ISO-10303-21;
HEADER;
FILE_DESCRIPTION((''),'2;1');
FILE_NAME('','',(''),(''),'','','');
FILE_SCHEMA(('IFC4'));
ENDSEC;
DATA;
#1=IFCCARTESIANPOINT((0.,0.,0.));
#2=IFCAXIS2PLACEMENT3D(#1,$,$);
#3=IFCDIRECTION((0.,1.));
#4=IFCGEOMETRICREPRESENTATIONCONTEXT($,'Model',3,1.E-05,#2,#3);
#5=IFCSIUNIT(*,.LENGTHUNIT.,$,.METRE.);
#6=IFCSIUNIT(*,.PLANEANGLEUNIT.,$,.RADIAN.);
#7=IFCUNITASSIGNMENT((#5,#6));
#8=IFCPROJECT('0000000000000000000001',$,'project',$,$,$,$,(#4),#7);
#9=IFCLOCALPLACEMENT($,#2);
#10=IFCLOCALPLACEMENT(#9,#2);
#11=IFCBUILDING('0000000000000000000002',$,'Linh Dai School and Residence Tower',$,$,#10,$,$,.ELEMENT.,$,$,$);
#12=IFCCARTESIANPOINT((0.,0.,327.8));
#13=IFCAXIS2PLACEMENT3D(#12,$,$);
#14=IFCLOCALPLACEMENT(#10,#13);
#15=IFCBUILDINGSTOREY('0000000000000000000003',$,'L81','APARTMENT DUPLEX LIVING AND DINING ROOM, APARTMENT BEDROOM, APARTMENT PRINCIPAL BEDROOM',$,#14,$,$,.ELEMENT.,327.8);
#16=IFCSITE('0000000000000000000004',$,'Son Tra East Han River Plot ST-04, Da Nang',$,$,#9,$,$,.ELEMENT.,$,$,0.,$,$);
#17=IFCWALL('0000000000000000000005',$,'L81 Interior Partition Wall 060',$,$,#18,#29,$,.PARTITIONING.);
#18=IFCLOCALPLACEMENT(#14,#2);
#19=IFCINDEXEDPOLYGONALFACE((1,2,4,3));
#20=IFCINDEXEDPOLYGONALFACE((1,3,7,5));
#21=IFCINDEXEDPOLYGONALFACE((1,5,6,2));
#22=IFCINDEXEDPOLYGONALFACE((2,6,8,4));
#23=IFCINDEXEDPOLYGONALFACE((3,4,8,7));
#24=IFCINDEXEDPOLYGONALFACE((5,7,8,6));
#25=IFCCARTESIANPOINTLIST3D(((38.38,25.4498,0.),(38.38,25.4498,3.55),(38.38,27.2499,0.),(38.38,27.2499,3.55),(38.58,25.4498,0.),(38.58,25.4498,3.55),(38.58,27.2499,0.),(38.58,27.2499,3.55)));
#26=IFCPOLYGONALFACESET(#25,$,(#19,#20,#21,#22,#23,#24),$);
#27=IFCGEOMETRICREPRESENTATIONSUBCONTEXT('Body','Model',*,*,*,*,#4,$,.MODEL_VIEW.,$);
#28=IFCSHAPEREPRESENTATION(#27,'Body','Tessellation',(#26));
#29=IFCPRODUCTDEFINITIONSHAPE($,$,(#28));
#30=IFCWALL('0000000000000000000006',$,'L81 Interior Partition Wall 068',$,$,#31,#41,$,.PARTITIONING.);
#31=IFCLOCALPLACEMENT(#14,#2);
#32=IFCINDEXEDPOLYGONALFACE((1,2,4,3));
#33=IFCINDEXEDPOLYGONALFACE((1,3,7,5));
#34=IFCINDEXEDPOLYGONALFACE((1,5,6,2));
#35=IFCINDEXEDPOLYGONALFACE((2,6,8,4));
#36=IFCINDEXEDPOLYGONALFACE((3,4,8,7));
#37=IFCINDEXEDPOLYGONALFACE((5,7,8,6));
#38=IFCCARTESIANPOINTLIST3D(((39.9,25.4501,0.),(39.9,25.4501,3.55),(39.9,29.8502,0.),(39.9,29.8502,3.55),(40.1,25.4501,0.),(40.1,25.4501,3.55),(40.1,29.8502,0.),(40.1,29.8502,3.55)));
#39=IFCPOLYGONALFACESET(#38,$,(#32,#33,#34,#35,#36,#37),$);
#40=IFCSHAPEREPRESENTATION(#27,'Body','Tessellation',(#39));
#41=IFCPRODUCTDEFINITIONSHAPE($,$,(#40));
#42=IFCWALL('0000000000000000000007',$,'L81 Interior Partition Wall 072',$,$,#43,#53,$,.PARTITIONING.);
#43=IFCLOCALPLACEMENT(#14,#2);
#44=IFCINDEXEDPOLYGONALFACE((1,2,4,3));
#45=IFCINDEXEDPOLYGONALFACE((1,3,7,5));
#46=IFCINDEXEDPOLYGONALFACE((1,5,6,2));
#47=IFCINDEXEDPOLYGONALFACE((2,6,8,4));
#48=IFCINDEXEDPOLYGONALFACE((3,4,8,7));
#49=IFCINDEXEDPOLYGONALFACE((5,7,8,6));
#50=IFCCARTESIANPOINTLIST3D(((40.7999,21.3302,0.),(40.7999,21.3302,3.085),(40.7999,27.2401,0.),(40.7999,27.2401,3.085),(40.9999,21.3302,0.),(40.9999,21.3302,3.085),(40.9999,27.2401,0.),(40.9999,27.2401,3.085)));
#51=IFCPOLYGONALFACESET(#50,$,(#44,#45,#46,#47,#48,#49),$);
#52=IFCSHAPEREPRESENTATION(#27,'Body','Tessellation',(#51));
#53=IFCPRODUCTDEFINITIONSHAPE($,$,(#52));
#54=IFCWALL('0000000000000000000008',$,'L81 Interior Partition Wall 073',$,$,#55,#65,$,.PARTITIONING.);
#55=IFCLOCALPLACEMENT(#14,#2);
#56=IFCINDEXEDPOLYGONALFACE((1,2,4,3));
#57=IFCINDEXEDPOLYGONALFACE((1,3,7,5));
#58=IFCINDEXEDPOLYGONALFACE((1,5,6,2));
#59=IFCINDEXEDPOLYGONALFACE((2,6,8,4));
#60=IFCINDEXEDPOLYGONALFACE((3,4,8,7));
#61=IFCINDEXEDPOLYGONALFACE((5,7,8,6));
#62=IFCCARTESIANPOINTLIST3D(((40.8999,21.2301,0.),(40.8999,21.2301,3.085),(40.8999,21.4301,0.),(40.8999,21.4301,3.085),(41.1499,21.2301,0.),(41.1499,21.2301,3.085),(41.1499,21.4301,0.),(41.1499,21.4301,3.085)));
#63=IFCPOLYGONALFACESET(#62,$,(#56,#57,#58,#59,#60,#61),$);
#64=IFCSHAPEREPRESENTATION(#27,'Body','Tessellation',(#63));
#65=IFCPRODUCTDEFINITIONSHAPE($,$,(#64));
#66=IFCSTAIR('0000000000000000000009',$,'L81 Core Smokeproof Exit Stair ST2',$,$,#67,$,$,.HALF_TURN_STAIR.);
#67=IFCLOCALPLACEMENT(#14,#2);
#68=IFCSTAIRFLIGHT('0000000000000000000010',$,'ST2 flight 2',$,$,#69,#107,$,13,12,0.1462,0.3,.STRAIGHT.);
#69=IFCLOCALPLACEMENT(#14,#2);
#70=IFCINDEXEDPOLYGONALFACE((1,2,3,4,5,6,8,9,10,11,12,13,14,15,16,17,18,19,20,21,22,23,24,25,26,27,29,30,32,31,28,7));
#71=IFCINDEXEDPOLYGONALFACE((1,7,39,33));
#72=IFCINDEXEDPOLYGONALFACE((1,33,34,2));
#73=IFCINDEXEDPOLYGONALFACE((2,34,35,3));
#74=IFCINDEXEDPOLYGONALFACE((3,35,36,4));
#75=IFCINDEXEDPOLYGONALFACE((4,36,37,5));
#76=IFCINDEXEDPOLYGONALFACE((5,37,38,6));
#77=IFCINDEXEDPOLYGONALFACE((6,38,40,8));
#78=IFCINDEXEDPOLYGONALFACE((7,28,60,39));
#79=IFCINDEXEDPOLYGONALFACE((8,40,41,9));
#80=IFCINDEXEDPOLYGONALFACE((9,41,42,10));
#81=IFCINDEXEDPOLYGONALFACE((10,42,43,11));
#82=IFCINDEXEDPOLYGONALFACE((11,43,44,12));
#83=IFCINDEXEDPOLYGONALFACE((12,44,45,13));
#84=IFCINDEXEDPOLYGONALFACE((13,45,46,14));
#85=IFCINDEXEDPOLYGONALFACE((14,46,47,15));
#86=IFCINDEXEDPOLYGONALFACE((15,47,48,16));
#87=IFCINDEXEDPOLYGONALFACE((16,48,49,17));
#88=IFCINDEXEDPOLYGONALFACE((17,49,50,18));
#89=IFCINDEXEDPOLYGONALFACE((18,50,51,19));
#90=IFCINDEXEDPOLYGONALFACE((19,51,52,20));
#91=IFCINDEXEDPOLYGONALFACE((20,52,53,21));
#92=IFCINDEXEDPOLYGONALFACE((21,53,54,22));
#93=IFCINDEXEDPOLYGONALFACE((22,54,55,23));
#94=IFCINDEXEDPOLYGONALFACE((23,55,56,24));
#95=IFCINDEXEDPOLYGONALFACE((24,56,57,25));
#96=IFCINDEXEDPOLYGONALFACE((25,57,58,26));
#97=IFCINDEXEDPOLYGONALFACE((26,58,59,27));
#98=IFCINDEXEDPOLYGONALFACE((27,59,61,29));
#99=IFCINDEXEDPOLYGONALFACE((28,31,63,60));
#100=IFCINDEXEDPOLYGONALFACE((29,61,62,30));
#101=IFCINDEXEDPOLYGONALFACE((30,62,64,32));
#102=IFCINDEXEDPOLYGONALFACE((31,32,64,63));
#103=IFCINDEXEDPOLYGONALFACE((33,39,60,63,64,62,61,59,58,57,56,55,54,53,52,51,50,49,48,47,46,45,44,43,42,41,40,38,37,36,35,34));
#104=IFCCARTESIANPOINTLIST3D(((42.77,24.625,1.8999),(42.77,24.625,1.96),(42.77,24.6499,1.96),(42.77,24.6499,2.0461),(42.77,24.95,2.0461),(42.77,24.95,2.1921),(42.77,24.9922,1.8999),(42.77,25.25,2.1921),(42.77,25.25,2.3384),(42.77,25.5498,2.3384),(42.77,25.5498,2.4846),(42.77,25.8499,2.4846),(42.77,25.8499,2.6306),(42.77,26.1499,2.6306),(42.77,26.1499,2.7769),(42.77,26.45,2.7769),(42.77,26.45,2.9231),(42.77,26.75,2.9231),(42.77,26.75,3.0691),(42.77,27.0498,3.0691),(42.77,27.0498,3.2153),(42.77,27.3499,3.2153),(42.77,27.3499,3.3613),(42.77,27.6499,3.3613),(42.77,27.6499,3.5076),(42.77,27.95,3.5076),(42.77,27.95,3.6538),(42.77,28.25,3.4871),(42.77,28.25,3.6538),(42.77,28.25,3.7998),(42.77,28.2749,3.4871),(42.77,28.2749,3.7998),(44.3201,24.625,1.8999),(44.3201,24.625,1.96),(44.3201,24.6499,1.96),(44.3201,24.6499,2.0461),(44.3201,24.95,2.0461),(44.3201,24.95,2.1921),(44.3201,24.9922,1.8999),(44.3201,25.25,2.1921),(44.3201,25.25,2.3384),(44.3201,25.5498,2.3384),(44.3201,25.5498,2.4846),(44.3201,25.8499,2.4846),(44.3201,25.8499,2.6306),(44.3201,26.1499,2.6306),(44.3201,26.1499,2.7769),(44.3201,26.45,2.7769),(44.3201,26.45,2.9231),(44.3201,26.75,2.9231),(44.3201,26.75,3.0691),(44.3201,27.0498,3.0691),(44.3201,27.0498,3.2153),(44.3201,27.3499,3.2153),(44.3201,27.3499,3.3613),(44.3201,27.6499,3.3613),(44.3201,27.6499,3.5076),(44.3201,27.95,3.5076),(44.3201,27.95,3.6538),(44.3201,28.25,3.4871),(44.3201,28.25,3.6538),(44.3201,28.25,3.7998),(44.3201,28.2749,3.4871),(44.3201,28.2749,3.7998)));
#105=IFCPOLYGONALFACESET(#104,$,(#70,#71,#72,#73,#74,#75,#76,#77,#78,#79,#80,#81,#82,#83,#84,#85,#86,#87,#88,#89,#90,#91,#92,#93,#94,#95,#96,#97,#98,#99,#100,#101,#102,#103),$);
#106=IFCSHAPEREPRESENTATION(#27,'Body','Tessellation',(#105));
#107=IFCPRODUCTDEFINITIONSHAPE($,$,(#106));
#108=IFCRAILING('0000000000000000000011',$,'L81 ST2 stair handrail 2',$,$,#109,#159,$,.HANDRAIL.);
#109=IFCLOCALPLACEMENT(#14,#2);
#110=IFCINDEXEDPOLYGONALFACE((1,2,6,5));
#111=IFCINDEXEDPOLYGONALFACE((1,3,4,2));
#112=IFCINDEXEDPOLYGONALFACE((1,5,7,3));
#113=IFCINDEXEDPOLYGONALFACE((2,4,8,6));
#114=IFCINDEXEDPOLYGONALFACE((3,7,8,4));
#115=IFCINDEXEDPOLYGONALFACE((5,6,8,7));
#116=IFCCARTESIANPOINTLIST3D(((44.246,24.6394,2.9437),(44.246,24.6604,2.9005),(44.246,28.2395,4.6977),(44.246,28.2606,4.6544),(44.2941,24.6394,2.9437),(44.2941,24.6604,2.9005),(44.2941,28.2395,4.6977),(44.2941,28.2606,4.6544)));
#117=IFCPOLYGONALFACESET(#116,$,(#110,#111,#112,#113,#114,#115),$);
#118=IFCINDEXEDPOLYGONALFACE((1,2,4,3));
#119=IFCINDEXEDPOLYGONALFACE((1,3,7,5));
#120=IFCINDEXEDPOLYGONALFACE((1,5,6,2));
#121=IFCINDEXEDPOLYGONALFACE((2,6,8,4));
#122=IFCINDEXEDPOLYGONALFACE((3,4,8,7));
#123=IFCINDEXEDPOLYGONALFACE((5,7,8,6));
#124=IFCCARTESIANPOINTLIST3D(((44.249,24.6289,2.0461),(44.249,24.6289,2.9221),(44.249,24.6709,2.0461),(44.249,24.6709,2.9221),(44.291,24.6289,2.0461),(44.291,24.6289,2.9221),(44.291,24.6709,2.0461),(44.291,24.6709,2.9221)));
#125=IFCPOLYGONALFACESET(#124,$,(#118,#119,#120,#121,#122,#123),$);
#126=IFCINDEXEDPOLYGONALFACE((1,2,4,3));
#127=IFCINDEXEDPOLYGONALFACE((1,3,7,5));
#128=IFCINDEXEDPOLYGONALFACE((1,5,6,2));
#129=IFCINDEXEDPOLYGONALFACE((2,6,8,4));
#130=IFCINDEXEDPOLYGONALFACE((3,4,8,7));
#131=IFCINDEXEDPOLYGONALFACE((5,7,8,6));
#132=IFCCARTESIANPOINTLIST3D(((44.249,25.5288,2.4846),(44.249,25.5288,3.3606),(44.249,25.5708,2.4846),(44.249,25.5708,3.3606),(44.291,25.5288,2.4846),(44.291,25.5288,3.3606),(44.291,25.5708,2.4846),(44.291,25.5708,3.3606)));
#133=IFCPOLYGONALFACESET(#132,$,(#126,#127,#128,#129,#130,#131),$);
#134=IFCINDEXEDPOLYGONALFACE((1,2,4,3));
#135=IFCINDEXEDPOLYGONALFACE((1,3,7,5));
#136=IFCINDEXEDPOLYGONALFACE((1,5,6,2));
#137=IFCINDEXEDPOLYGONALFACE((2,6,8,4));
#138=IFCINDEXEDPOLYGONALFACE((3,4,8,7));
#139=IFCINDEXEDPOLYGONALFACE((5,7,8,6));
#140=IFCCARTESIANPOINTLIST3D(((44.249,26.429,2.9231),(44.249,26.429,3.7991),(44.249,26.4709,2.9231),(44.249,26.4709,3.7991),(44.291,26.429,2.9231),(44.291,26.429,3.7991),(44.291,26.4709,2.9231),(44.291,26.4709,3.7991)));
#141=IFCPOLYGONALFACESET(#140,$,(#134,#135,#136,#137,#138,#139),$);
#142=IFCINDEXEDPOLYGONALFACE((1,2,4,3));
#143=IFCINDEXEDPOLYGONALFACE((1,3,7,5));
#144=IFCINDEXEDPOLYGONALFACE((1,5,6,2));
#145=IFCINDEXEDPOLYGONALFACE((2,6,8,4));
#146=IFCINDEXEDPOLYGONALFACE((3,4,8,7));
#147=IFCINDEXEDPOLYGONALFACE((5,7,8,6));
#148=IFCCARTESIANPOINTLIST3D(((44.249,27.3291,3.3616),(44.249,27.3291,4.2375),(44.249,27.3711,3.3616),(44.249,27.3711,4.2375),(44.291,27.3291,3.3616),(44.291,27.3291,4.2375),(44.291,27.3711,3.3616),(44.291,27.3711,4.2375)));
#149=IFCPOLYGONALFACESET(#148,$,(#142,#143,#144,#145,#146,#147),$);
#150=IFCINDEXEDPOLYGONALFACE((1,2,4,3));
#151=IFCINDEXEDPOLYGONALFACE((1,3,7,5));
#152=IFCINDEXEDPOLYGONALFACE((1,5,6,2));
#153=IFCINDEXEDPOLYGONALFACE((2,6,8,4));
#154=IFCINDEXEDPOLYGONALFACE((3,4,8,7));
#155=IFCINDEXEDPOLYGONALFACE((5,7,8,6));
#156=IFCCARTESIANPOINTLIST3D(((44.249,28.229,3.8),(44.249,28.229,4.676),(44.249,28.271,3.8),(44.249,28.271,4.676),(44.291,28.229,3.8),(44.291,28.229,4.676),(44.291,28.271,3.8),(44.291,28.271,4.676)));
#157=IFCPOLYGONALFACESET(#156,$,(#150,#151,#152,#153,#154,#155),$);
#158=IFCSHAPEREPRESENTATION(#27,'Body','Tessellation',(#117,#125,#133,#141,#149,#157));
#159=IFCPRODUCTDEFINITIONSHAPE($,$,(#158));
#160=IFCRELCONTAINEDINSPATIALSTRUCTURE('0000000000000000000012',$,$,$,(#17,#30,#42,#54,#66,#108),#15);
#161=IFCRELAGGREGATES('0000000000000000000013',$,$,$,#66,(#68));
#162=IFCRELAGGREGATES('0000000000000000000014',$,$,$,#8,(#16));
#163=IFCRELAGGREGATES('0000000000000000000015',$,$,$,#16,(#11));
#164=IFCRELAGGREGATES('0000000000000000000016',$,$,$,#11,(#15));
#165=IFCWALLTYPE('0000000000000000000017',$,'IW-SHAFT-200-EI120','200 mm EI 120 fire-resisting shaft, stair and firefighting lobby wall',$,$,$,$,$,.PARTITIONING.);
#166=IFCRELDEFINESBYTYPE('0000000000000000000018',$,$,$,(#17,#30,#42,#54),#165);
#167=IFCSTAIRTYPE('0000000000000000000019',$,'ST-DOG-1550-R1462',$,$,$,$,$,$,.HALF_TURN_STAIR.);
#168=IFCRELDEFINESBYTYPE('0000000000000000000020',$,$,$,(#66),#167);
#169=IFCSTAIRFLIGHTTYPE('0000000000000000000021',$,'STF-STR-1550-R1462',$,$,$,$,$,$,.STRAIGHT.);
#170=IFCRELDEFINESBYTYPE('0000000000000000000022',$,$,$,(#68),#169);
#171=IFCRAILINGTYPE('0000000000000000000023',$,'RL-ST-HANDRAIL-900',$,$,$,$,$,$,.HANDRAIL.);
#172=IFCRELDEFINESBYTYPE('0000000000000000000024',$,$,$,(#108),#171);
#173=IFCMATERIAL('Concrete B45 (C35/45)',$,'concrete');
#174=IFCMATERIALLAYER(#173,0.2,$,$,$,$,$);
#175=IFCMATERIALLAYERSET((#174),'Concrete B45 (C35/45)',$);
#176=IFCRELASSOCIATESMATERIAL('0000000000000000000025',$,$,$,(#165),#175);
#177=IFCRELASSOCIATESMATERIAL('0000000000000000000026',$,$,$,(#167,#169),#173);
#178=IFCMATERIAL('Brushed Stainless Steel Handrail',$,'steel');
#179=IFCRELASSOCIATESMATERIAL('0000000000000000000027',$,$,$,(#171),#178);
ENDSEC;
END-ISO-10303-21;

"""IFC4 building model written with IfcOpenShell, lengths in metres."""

from ifc_helpers import new_model, si_unit, direction, frame, frame_2d, origin, origin_2d, place, context, subcontext, project, spatial, polyline, rectangle, outline, extrude, source, transform, mapped, material, layer, layer_set, type_object, element, aggregate, save


model = new_model("IFC4")

# Units and contexts
model_context = context("Model", 3, precision=1e-05, world=origin(), true_north=direction((0.0, 1.0)))
body_context = subcontext(model_context, "Body", "Model", "MODEL_VIEW")
ifc_project = project(units=[si_unit("LENGTHUNIT", "METRE"), si_unit("PLANEANGLEUNIT", "RADIAN")], contexts=[model_context])

# Site, building, storey
site_placement = place(None, origin())
site = spatial("IfcSite", under=ifc_project, at=site_placement, Name="Son Tra East Han River Plot ST-04, Da Nang", CompositionType="ELEMENT", RefElevation=0.0)
building_placement = place(site_placement, origin())
building = spatial("IfcBuilding", under=site, at=building_placement, Name="Linh Dai School and Residence Tower", CompositionType="ELEMENT")
storey_placement = place(building_placement, frame((0.0, 0.0, 327.8)))
storey = spatial("IfcBuildingStorey", under=building, at=storey_placement, Name="L81", Description="APARTMENT DUPLEX LIVING AND DINING ROOM, APARTMENT BEDROOM, APARTMENT PRINCIPAL BEDROOM", CompositionType="ELEMENT", Elevation=327.8)

# Walls
ifc_material_1 = material(Name="Concrete B45 (C35/45)", Category="concrete")
ifc_layer_1 = layer(ifc_material_1, 0.2)
ifc_layer_set_1 = layer_set([ifc_layer_1], Name="Concrete B45 (C35/45)")
wall_type_1 = type_object("IfcWallType", Name="IW-SHAFT-200-EI120", Description="200 mm EI 120 fire-resisting shaft, stair and firefighting lobby wall", PredefinedType="PARTITIONING", material=ifc_layer_set_1)
for number, where, z_axis, x_axis, name in (
    (1, (38.48, 25.45, 0.0), (0.0, 0.0, 1.0), (0.0, 1.0, 0.0), "L81 Interior Partition Wall 060"),
):
    element("IfcWall", number, at=place(storey_placement, frame(where, z_axis=z_axis, x_axis=x_axis)), inside=storey, type_object=wall_type_1, Name=name, PredefinedType="PARTITIONING", context=body_context, shape_type="SweptSolid", body=[
        extrude(rectangle(XDim=1.8, YDim=0.2, at=frame_2d((0.8999, 0.0))), origin(), (0.0, 0.0, 1.0), 3.55),
    ])
wall_1_placement = place(storey_placement, frame((40.0, 25.45, 0.0), z_axis=(0.0, 0.0, 1.0), x_axis=(0.0, 1.0, 0.0)))
element("IfcWall", 2, at=wall_1_placement, inside=storey, type_object=wall_type_1, Name="L81 Interior Partition Wall 068", PredefinedType="PARTITIONING", context=body_context, shape_type="SweptSolid", body=[
    extrude(rectangle(XDim=4.4001, YDim=0.2, at=frame_2d((2.2002, 0.0))), origin(), (0.0, 0.0, 1.0), 3.55),
])
wall_2_placement = place(storey_placement, frame((40.8999, 21.3301, 0.0), z_axis=(0.0, 0.0, 1.0), x_axis=(0.0, 1.0, 0.0)))
element("IfcWall", 3, at=wall_2_placement, inside=storey, type_object=wall_type_1, Name="L81 Interior Partition Wall 072", PredefinedType="PARTITIONING", context=body_context, shape_type="SweptSolid", body=[
    extrude(rectangle(XDim=5.9099, YDim=0.2, at=frame_2d((2.9551, 0.0))), origin(), (0.0, 0.0, 1.0), 3.085),
])
wall_3_placement = place(storey_placement, frame((40.8999, 21.3301, 0.0), z_axis=(0.0, 0.0, 1.0), x_axis=(1.0, 0.0, 0.0)))
element("IfcWall", 4, at=wall_3_placement, inside=storey, type_object=wall_type_1, Name="L81 Interior Partition Wall 073", PredefinedType="PARTITIONING", context=body_context, shape_type="SweptSolid", body=[
    extrude(rectangle(XDim=0.25, YDim=0.2, at=frame_2d((0.125, 0.0))), origin(), (0.0, 0.0, 1.0), 3.085),
])

# Stair, stair flight
stair_type = type_object("IfcStairType", Name="ST-DOG-1550-R1462", PredefinedType="HALF_TURN_STAIR", material=ifc_material_1)
stair_placement = place(storey_placement, origin())
stair = element("IfcStair", 5, at=stair_placement, inside=storey, type_object=stair_type, Name="L81 Core Smokeproof Exit Stair ST2", PredefinedType="HALF_TURN_STAIR")
stair_flight_type = type_object("IfcStairFlightType", Name="STF-STR-1550-R1462", PredefinedType="STRAIGHT", material=ifc_material_1)
shared_shape_1 = source(origin(), body_context, "Body", "SweptSolid", [
    extrude(outline(polyline([(-0.0249, 0.0), (-0.0249, 0.0601), (0.0, 0.0601), (0.0, 0.1462), (0.3, 0.1462), (0.3, 0.2922), (0.6001, 0.2922), (0.6001, 0.4385), (0.8999, 0.4385), (0.8999, 0.5847), (1.2, 0.5847), (1.2, 0.7307), (1.5, 0.7307), (1.5, 0.877), (1.8, 0.877), (1.8, 1.0232), (2.1001, 1.0232), (2.1001, 1.1692), (2.3999, 1.1692), (2.3999, 1.3154), (2.7, 1.3154), (2.7, 1.4614), (3.0, 1.4614), (3.0, 1.6077), (3.3, 1.6077), (3.3, 1.7539), (3.6001, 1.7539), (3.6001, 1.8999), (3.625, 1.8999), (3.625, 1.5872), (3.6001, 1.5872), (0.3423, 0.0), (-0.0249, 0.0)])), frame((0.0, 0.7749, 0.0), z_axis=(0.0, -1.0, 0.0), x_axis=(1.0, 0.0, 0.0)), (0.0, 0.0, 1.0), 1.55),
])
stair_flight_placement = place(storey_placement, frame((43.5449, 24.6499, 1.8999), z_axis=(0.0, 0.0, 1.0), x_axis=(0.0, 1.0, 0.0)))
stair_flight = element("IfcStairFlight", 6, at=stair_flight_placement, type_object=stair_flight_type, Name="ST2 flight 2", NumberOfRisers=13, NumberOfTreads=12, PredefinedType="STRAIGHT", RiserHeight=0.1462, TreadLength=0.3, context=body_context, shape_type="MappedRepresentation", body=[
    mapped(shared_shape_1, transform((0.0, 0.0, 0.0), x_axis=(1.0, 0.0, 0.0), y_axis=(0.0, 1.0, 0.0), z_axis=(0.0, 0.0, 1.0), scale=1.0)),
])
aggregate(stair, [stair_flight])

# Railing
ifc_material_2 = material(Name="Brushed Stainless Steel Handrail", Category="steel")
railing_type_1 = type_object("IfcRailingType", Name="RL-ST-HANDRAIL-900", PredefinedType="HANDRAIL", material=ifc_material_2)
shared_shape_2 = source(origin(), body_context, "Body", "SweptSolid", [
    extrude(rectangle(XDim=0.0481, YDim=0.0481, at=origin_2d()), frame((0.0, 0.0, 0.876), z_axis=(0.0, 0.898989, 0.437972), x_axis=(-1.0, 0.0, 0.0)), (0.0, 0.0, 1.0), 4.0046),
    extrude(rectangle(XDim=0.042, YDim=0.042, at=origin_2d()), origin(), (0.0, 0.0, 1.0), 0.876),
    extrude(rectangle(XDim=0.042, YDim=0.042, at=origin_2d()), frame((0.0, 0.8999, 0.4385)), (0.0, 0.0, 1.0), 0.876),
    extrude(rectangle(XDim=0.042, YDim=0.042, at=origin_2d()), frame((0.0, 1.8, 0.877)), (0.0, 0.0, 1.0), 0.876),
    extrude(rectangle(XDim=0.042, YDim=0.042, at=origin_2d()), frame((0.0, 2.7002, 1.3154)), (0.0, 0.0, 1.0), 0.876),
    extrude(rectangle(XDim=0.042, YDim=0.042, at=origin_2d()), frame((0.0, 3.6001, 1.7539)), (0.0, 0.0, 1.0), 0.876),
])
railing_1_placement = place(storey_placement, frame((44.27, 24.6499, 2.0461)))
element("IfcRailing", 7, at=railing_1_placement, inside=storey, type_object=railing_type_1, Name="L81 ST2 stair handrail 2", PredefinedType="HANDRAIL", context=body_context, shape_type="MappedRepresentation", body=[
    mapped(shared_shape_2, transform((0.0, 0.0, 0.0), x_axis=(1.0, 0.0, 0.0), y_axis=(0.0, 1.0, 0.0), z_axis=(0.0, 0.0, 1.0), scale=1.0)),
])

save(model, "model.ifc")
